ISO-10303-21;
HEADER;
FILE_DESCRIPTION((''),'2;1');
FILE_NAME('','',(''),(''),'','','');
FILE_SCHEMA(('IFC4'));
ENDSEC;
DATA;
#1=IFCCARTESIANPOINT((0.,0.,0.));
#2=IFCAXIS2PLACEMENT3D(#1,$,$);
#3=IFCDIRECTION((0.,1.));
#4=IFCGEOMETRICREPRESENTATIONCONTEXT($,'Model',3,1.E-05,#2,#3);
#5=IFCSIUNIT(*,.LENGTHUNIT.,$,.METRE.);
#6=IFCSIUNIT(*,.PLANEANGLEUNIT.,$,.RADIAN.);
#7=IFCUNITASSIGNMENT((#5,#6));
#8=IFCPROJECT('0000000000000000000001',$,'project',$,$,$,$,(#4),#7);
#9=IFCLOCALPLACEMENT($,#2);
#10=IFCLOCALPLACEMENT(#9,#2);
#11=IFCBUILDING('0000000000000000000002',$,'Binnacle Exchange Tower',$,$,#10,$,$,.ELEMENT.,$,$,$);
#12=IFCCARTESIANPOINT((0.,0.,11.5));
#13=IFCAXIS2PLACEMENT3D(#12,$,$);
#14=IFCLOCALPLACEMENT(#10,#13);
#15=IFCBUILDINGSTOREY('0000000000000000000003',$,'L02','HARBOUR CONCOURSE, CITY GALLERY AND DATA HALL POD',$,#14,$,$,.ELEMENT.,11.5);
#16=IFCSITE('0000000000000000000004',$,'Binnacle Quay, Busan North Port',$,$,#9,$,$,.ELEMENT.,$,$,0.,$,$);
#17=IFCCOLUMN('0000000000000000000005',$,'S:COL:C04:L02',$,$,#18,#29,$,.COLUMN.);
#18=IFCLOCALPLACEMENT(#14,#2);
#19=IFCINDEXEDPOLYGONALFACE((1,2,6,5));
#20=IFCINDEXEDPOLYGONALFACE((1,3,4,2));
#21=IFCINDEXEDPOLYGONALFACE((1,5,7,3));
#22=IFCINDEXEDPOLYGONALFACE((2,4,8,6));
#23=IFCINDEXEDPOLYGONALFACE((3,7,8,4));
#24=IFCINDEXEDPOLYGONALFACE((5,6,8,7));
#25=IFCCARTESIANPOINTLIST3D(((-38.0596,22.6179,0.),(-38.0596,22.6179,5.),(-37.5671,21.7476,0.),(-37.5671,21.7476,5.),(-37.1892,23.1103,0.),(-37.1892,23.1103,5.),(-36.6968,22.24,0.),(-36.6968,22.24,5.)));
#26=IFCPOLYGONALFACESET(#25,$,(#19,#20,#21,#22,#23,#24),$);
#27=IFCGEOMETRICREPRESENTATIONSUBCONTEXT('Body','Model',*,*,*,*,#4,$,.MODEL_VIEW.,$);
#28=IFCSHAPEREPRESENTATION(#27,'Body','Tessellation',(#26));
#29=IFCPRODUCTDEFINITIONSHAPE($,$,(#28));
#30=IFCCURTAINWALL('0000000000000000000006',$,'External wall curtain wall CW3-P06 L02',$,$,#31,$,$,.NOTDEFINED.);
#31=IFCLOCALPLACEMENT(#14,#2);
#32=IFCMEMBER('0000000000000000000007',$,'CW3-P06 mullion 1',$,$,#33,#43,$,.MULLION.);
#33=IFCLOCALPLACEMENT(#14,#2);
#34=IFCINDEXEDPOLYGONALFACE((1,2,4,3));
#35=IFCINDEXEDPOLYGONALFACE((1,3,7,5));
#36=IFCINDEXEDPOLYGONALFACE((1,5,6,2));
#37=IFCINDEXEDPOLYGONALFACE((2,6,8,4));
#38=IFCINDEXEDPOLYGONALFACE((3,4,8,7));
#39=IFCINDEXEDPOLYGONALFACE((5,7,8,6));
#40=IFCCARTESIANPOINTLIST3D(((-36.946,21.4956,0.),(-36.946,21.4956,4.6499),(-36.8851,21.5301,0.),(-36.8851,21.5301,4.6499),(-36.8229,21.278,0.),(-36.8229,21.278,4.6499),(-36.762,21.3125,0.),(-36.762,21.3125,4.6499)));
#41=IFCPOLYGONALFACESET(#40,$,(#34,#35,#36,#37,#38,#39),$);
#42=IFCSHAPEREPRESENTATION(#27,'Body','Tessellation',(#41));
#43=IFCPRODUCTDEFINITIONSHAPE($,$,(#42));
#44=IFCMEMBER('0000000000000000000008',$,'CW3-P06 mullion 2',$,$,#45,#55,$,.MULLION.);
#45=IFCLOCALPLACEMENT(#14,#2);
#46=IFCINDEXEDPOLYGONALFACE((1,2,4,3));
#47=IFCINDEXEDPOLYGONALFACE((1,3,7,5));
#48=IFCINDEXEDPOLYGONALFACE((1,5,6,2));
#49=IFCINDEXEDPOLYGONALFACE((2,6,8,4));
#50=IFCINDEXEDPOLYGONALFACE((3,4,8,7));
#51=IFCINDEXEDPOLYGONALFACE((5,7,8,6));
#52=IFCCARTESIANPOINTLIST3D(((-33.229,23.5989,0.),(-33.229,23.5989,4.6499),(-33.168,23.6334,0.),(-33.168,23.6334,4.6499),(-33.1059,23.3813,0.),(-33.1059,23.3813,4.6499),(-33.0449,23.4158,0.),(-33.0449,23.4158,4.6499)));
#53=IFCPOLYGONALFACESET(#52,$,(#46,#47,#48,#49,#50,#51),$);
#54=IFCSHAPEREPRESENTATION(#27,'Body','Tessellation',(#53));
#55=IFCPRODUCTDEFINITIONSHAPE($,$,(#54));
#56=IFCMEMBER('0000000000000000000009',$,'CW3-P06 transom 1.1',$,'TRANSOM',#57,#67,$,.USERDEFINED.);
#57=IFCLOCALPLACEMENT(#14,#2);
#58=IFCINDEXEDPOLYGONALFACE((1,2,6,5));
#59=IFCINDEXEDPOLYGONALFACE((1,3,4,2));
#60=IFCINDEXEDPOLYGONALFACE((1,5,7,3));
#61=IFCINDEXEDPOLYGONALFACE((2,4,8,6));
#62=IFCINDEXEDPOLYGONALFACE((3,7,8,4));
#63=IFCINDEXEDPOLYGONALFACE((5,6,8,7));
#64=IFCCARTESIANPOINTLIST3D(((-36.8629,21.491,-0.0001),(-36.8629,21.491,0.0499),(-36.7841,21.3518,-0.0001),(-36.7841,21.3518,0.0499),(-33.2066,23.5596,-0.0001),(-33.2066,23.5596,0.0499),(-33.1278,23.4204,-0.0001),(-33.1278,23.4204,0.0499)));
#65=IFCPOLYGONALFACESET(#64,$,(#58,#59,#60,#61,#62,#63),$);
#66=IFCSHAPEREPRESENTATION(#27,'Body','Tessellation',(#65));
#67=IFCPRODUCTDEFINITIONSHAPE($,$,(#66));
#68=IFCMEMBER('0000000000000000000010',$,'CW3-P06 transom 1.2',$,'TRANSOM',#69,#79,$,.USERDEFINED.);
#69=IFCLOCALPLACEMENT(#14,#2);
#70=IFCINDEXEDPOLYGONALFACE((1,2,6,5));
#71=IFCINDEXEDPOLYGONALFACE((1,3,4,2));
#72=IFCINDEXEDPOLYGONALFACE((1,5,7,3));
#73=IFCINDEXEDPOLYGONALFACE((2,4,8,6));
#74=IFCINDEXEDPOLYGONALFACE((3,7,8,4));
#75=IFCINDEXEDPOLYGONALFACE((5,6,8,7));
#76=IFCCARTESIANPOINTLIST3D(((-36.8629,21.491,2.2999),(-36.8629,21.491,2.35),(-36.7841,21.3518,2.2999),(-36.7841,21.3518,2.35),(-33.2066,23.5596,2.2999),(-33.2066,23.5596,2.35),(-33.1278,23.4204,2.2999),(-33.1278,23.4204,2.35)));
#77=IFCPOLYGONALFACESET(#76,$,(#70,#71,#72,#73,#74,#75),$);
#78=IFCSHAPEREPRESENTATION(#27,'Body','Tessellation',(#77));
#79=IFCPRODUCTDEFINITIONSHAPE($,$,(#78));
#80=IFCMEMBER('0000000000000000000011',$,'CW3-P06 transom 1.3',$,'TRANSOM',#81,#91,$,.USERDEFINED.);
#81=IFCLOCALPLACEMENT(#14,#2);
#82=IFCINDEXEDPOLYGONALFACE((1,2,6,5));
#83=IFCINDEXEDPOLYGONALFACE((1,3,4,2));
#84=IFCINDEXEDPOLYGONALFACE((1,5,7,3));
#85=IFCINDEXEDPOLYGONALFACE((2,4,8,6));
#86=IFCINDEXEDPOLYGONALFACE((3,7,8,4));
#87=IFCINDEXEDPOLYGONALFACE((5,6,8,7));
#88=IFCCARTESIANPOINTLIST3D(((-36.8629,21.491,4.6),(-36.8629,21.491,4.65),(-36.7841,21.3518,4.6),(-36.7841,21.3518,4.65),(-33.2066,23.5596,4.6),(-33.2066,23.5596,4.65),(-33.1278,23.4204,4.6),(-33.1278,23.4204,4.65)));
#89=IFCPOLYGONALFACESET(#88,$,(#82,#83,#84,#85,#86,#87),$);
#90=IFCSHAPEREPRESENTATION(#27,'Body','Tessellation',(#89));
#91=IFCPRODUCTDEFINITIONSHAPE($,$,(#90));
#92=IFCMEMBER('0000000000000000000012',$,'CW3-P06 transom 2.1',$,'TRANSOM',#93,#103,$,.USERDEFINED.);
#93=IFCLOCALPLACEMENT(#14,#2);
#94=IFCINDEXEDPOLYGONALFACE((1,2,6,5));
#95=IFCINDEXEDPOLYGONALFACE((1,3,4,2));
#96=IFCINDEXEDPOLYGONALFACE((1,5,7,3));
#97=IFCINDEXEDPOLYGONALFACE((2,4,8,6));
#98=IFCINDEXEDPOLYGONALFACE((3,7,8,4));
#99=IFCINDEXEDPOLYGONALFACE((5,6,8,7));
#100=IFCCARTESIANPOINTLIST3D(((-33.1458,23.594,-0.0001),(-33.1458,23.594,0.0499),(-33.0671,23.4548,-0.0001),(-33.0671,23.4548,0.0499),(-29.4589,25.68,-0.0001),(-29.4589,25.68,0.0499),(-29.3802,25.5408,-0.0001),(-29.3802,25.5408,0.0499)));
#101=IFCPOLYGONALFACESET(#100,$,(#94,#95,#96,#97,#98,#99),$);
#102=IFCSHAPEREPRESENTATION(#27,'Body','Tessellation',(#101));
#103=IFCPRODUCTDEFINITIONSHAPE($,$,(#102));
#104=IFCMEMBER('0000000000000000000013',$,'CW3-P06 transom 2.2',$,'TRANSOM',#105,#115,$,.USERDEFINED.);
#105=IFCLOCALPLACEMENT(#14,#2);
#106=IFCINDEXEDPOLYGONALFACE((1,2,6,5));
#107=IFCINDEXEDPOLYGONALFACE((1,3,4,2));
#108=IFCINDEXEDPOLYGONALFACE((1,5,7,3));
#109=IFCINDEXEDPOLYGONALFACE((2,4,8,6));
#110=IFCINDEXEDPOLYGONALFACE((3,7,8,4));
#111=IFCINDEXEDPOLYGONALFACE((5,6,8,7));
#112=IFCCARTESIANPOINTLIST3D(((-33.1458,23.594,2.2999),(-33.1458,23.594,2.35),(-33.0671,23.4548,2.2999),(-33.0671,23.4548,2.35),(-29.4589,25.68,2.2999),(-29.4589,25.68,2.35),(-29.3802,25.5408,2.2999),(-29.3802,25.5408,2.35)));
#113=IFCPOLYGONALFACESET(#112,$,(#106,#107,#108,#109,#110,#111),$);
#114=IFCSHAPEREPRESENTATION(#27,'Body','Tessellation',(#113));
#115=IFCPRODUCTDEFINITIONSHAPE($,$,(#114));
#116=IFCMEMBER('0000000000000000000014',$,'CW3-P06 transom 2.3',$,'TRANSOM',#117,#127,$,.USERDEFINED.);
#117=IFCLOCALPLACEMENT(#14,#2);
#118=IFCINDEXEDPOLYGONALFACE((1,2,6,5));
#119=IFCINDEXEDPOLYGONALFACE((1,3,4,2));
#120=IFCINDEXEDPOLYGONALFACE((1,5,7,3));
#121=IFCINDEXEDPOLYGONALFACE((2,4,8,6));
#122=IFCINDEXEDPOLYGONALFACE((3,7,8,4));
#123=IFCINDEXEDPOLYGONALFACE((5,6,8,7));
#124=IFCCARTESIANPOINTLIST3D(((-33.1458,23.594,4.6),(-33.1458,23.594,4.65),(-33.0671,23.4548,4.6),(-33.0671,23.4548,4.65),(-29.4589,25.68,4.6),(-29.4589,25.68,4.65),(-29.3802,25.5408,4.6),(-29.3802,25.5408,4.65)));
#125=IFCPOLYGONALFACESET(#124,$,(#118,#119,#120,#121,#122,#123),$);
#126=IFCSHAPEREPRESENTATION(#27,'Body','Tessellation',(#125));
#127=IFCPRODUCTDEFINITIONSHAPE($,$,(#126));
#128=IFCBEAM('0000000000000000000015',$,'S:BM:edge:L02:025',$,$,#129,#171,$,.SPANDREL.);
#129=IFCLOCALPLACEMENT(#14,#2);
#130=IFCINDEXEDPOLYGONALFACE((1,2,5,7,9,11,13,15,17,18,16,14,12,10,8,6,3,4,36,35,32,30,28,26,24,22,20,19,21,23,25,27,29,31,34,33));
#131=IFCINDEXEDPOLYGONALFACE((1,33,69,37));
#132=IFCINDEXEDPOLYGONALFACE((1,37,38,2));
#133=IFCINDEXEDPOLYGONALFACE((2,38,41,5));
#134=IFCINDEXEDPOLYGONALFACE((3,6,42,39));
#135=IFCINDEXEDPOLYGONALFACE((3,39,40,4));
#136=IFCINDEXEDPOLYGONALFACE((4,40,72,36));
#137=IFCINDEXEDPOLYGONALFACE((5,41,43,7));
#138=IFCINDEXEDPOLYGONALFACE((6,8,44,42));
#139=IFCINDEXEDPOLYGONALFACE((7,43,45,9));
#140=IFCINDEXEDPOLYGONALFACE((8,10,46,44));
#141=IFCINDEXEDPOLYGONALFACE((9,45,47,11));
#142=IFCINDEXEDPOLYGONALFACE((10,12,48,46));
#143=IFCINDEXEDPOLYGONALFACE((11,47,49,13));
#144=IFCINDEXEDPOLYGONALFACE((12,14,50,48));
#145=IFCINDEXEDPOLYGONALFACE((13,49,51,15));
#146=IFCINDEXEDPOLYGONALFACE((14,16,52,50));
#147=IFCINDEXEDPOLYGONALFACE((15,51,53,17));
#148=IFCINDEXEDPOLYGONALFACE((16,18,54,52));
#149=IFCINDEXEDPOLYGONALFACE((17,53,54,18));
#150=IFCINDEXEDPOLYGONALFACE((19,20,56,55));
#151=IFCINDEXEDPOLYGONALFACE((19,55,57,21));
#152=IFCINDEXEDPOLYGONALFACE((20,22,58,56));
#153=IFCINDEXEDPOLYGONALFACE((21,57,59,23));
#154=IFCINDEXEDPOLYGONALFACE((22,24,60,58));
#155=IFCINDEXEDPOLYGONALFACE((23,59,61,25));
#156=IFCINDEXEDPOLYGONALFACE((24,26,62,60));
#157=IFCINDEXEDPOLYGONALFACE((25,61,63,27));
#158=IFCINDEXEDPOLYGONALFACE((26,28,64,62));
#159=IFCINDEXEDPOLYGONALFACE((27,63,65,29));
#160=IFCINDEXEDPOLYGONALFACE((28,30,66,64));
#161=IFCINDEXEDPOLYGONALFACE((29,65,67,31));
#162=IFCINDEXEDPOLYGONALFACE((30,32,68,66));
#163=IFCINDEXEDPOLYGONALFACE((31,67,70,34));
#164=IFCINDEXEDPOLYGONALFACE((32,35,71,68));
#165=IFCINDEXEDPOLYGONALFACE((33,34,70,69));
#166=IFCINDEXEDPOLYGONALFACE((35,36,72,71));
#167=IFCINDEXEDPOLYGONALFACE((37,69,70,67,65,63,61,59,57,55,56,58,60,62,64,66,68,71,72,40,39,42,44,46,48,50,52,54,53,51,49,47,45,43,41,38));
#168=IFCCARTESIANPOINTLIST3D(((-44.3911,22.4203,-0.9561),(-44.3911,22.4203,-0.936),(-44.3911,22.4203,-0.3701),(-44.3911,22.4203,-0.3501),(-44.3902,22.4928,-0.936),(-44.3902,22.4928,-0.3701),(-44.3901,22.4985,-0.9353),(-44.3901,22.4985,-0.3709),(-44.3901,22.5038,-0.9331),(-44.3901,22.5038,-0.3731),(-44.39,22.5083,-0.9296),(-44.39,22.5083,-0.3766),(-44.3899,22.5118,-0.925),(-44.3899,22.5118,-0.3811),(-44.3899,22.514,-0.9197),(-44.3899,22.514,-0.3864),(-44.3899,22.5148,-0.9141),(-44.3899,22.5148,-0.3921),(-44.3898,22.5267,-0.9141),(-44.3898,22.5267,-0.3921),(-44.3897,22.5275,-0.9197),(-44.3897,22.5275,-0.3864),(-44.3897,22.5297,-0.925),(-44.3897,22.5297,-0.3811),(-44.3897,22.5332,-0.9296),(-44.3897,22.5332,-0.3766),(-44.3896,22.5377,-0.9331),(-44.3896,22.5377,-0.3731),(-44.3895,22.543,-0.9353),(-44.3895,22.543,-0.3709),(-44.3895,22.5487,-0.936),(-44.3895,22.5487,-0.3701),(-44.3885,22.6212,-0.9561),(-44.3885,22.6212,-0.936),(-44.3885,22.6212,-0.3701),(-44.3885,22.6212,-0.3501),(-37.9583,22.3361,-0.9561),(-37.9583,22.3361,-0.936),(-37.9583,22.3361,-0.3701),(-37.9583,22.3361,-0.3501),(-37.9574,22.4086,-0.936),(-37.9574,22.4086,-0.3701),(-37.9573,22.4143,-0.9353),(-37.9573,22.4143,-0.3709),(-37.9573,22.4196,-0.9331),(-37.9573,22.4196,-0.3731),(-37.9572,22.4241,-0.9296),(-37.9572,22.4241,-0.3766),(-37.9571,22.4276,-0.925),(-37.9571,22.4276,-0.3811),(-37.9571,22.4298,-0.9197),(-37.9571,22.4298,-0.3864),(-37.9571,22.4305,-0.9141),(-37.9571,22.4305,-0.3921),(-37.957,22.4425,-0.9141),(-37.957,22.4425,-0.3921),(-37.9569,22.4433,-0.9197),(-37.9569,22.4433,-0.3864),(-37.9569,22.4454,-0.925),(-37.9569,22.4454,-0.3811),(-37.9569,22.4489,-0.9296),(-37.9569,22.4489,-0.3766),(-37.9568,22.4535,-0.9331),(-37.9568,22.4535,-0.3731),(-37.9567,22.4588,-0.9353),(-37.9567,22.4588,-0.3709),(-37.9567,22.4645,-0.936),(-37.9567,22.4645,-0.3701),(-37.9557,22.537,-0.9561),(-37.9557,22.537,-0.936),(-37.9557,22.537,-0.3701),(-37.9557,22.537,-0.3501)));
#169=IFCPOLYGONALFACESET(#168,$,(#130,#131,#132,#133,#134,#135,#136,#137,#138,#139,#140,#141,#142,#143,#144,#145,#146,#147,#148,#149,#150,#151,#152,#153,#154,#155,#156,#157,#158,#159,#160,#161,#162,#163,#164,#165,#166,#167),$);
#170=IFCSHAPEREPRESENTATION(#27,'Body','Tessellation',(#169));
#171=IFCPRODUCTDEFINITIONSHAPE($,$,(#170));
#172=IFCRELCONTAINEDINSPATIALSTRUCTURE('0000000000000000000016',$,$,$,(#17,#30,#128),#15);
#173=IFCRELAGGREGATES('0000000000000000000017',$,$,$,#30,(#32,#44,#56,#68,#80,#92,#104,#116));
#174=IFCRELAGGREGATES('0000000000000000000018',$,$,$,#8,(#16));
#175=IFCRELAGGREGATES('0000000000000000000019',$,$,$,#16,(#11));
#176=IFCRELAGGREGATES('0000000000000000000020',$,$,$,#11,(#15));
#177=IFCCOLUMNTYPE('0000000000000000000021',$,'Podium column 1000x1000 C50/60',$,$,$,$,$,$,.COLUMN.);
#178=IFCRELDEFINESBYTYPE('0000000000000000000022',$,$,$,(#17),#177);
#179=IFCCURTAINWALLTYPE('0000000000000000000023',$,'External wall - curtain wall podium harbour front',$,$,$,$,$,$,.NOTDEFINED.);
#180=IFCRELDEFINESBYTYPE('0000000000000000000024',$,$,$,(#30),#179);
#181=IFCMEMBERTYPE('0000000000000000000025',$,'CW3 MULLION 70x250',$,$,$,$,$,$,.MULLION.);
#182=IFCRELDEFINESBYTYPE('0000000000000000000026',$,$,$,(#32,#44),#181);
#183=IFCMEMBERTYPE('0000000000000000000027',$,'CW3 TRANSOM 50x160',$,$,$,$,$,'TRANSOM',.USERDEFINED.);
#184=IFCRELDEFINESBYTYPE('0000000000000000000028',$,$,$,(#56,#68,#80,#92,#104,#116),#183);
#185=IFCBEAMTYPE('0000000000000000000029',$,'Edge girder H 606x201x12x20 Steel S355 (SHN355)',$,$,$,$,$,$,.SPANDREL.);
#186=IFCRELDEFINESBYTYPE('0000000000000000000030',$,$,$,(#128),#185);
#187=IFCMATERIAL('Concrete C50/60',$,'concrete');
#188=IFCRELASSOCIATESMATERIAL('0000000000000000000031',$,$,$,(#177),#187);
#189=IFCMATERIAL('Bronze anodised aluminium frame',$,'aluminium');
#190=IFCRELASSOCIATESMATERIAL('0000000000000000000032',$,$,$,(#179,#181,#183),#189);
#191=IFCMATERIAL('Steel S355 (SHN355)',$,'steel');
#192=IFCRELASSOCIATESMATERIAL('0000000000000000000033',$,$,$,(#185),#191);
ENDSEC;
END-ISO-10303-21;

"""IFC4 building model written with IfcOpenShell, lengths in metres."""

from ifc_helpers import new_model, si_unit, direction, frame, origin, origin_2d, place, context, subcontext, project, spatial, rectangle, i_section, extrude, material, material_profile, profile_set, type_object, element, aggregate, save


model = new_model("IFC4")

# Units and contexts
model_context = context("Model", 3, precision=1e-05, world=origin(), true_north=direction((0.0, 1.0)))
body_context = subcontext(model_context, "Body", "Model", "MODEL_VIEW")
ifc_project = project(units=[si_unit("LENGTHUNIT", "METRE"), si_unit("PLANEANGLEUNIT", "RADIAN")], contexts=[model_context])

# Site, building, storey
site_placement = place(None, origin())
site = spatial("IfcSite", under=ifc_project, at=site_placement, Name="Binnacle Quay, Busan North Port", CompositionType="ELEMENT", RefElevation=0.0)
building_placement = place(site_placement, origin())
building = spatial("IfcBuilding", under=site, at=building_placement, Name="Binnacle Exchange Tower", CompositionType="ELEMENT")
storey_placement = place(building_placement, frame((0.0, 0.0, 11.5)))
storey = spatial("IfcBuildingStorey", under=building, at=storey_placement, Name="L02", Description="HARBOUR CONCOURSE, CITY GALLERY AND DATA HALL POD", CompositionType="ELEMENT", Elevation=11.5)

# Column
ifc_material_1 = material(Name="Concrete C50/60", Category="concrete")
ifc_material_profile_1 = material_profile(ifc_material_1, rectangle(XDim=1.0, YDim=1.0, at=origin_2d()), Name="Podium column 1000x1000 C50/60")
ifc_profile_set_1 = profile_set([ifc_material_profile_1], Name="Concrete C50/60")
column_type = type_object("IfcColumnType", Name="Podium column 1000x1000 C50/60", PredefinedType="COLUMN", material=ifc_profile_set_1)
column_placement = place(storey_placement, frame((-37.3782, 22.429, 0.0), z_axis=(0.0, 0.0, 1.0), x_axis=(0.870356, 0.492424, 0.0)))
element("IfcColumn", 1, at=column_placement, inside=storey, type_object=column_type, Name="S:COL:C04:L02", PredefinedType="COLUMN", context=body_context, shape_type="SweptSolid", body=[
    extrude(rectangle(XDim=1.0, YDim=1.0, at=origin_2d()), origin(), (0.0, 0.0, 1.0), 5.0),
])

# Curtain wall, members
ifc_material_2 = material(Name="Bronze anodised aluminium frame", Category="aluminium")
curtain_wall_type = type_object("IfcCurtainWallType", Name="External wall - curtain wall podium harbour front", PredefinedType="NOTDEFINED", material=ifc_material_2)
curtain_wall_placement = place(storey_placement, origin())
curtain_wall = element("IfcCurtainWall", 2, at=curtain_wall_placement, inside=storey, type_object=curtain_wall_type, Name="External wall curtain wall CW3-P06 L02", PredefinedType="NOTDEFINED")
ifc_material_profile_2 = material_profile(ifc_material_2, rectangle(XDim=0.25, YDim=0.0701, at=origin_2d()), Name="AL 70x250")
ifc_profile_set_2 = profile_set([ifc_material_profile_2], Name="Bronze anodised aluminium frame")
member_type_1 = type_object("IfcMemberType", Name="CW3 MULLION 70x250", PredefinedType="MULLION", material=ifc_profile_set_2)
member_1_placement = place(storey_placement, frame((-36.854, 21.4041, 0.0), z_axis=(0.0, 0.0, 1.0), x_axis=(-0.492424, 0.870356, 0.0)))
member_1 = element("IfcMember", 3, at=member_1_placement, type_object=member_type_1, Name="CW3-P06 mullion 1", PredefinedType="MULLION", context=body_context, shape_type="SweptSolid", body=[
    extrude(rectangle(XDim=0.25, YDim=0.0701, at=origin_2d()), origin(), (0.0, 0.0, 1.0), 4.6499),
])
member_2_placement = place(storey_placement, frame((-33.137, 23.5073, 0.0), z_axis=(0.0, 0.0, 1.0), x_axis=(-0.492424, 0.870356, 0.0)))
member_2 = element("IfcMember", 4, at=member_2_placement, type_object=member_type_1, Name="CW3-P06 mullion 2", PredefinedType="MULLION", context=body_context, shape_type="SweptSolid", body=[
    extrude(rectangle(XDim=0.25, YDim=0.0701, at=origin_2d()), origin(), (0.0, 0.0, 1.0), 4.6499),
])
ifc_material_profile_3 = material_profile(ifc_material_2, rectangle(XDim=0.1599, YDim=0.05, at=origin_2d()), Name="AL 160x50")
ifc_profile_set_3 = profile_set([ifc_material_profile_3], Name="Bronze anodised aluminium frame")
member_type_2 = type_object("IfcMemberType", Name="CW3 TRANSOM 50x160", ElementType="TRANSOM", PredefinedType="USERDEFINED", material=ifc_profile_set_3)
member_3_placement = place(storey_placement, frame((-36.8235, 21.4214, 0.0249), z_axis=(0.870356, 0.492423, 0.0), x_axis=(-0.492423, 0.870356, 0.0)))
member_3 = element("IfcMember", 5, at=member_3_placement, type_object=member_type_2, Name="CW3-P06 transom 1.1", ObjectType="TRANSOM", PredefinedType="USERDEFINED", context=body_context, shape_type="SweptSolid", body=[
    extrude(rectangle(XDim=0.1599, YDim=0.05, at=origin_2d()), origin(), (0.0, 0.0, 1.0), 4.2009),
])
member_4_placement = place(storey_placement, frame((-36.8235, 21.4214, 2.325), z_axis=(0.870356, 0.492423, 0.0), x_axis=(-0.492423, 0.870356, 0.0)))
member_4 = element("IfcMember", 6, at=member_4_placement, type_object=member_type_2, Name="CW3-P06 transom 1.2", ObjectType="TRANSOM", PredefinedType="USERDEFINED", context=body_context, shape_type="SweptSolid", body=[
    extrude(rectangle(XDim=0.1599, YDim=0.05, at=origin_2d()), origin(), (0.0, 0.0, 1.0), 4.2009),
])
member_5_placement = place(storey_placement, frame((-36.8235, 21.4214, 4.625), z_axis=(0.870356, 0.492423, 0.0), x_axis=(-0.492423, 0.870356, 0.0)))
member_5 = element("IfcMember", 7, at=member_5_placement, type_object=member_type_2, Name="CW3-P06 transom 1.3", ObjectType="TRANSOM", PredefinedType="USERDEFINED", context=body_context, shape_type="SweptSolid", body=[
    extrude(rectangle(XDim=0.1599, YDim=0.05, at=origin_2d()), origin(), (0.0, 0.0, 1.0), 4.2009),
])
member_6_placement = place(storey_placement, frame((-33.1064, 23.5244, 0.0249), z_axis=(0.870349, 0.492435, 0.0), x_axis=(-0.492435, 0.870349, 0.0)))
member_6 = element("IfcMember", 8, at=member_6_placement, type_object=member_type_2, Name="CW3-P06 transom 2.1", ObjectType="TRANSOM", PredefinedType="USERDEFINED", context=body_context, shape_type="SweptSolid", body=[
    extrude(rectangle(XDim=0.1599, YDim=0.05, at=origin_2d()), origin(), (0.0, 0.0, 1.0), 4.2361),
])
member_7_placement = place(storey_placement, frame((-33.1064, 23.5244, 2.325), z_axis=(0.870349, 0.492435, 0.0), x_axis=(-0.492435, 0.870349, 0.0)))
member_7 = element("IfcMember", 9, at=member_7_placement, type_object=member_type_2, Name="CW3-P06 transom 2.2", ObjectType="TRANSOM", PredefinedType="USERDEFINED", context=body_context, shape_type="SweptSolid", body=[
    extrude(rectangle(XDim=0.1599, YDim=0.05, at=origin_2d()), origin(), (0.0, 0.0, 1.0), 4.2361),
])
member_8_placement = place(storey_placement, frame((-33.1064, 23.5244, 4.625), z_axis=(0.870349, 0.492435, 0.0), x_axis=(-0.492435, 0.870349, 0.0)))
member_8 = element("IfcMember", 10, at=member_8_placement, type_object=member_type_2, Name="CW3-P06 transom 2.3", ObjectType="TRANSOM", PredefinedType="USERDEFINED", context=body_context, shape_type="SweptSolid", body=[
    extrude(rectangle(XDim=0.1599, YDim=0.05, at=origin_2d()), origin(), (0.0, 0.0, 1.0), 4.2361),
])

# Beam
ifc_material_3 = material(Name="Steel S355 (SHN355)", Category="steel")
ifc_material_profile_4 = material_profile(ifc_material_3, i_section(OverallWidth=0.2009, OverallDepth=0.606, WebThickness=0.012, FlangeThickness=0.02, FilletRadius=0.022, at=origin_2d()), Name="H 606x201x12x20")
ifc_profile_set_4 = profile_set([ifc_material_profile_4], Name="Steel S355 (SHN355)")
beam_type_1 = type_object("IfcBeamType", Name="Edge girder H 606x201x12x20 Steel S355 (SHN355)", PredefinedType="SPANDREL", material=ifc_profile_set_4)
beam_1_placement = place(storey_placement, frame((-37.957, 22.4365, -0.6531), z_axis=(-0.999914, 0.013092, 0.0), x_axis=(-0.013092, -0.999914, 0.0)))
element("IfcBeam", 11, at=beam_1_placement, inside=storey, type_object=beam_type_1, Name="S:BM:edge:L02:025", PredefinedType="SPANDREL", context=body_context, shape_type="SweptSolid", body=[
    extrude(i_section(OverallWidth=0.2009, OverallDepth=0.606, WebThickness=0.012, FlangeThickness=0.02, FilletRadius=0.022, at=origin_2d()), origin(), (0.0, 0.0, 1.0), 6.4333),
])

aggregate(curtain_wall, [member_1, member_2, member_3, member_4, member_5, member_6, member_7, member_8])

save(model, "model.ifc")
